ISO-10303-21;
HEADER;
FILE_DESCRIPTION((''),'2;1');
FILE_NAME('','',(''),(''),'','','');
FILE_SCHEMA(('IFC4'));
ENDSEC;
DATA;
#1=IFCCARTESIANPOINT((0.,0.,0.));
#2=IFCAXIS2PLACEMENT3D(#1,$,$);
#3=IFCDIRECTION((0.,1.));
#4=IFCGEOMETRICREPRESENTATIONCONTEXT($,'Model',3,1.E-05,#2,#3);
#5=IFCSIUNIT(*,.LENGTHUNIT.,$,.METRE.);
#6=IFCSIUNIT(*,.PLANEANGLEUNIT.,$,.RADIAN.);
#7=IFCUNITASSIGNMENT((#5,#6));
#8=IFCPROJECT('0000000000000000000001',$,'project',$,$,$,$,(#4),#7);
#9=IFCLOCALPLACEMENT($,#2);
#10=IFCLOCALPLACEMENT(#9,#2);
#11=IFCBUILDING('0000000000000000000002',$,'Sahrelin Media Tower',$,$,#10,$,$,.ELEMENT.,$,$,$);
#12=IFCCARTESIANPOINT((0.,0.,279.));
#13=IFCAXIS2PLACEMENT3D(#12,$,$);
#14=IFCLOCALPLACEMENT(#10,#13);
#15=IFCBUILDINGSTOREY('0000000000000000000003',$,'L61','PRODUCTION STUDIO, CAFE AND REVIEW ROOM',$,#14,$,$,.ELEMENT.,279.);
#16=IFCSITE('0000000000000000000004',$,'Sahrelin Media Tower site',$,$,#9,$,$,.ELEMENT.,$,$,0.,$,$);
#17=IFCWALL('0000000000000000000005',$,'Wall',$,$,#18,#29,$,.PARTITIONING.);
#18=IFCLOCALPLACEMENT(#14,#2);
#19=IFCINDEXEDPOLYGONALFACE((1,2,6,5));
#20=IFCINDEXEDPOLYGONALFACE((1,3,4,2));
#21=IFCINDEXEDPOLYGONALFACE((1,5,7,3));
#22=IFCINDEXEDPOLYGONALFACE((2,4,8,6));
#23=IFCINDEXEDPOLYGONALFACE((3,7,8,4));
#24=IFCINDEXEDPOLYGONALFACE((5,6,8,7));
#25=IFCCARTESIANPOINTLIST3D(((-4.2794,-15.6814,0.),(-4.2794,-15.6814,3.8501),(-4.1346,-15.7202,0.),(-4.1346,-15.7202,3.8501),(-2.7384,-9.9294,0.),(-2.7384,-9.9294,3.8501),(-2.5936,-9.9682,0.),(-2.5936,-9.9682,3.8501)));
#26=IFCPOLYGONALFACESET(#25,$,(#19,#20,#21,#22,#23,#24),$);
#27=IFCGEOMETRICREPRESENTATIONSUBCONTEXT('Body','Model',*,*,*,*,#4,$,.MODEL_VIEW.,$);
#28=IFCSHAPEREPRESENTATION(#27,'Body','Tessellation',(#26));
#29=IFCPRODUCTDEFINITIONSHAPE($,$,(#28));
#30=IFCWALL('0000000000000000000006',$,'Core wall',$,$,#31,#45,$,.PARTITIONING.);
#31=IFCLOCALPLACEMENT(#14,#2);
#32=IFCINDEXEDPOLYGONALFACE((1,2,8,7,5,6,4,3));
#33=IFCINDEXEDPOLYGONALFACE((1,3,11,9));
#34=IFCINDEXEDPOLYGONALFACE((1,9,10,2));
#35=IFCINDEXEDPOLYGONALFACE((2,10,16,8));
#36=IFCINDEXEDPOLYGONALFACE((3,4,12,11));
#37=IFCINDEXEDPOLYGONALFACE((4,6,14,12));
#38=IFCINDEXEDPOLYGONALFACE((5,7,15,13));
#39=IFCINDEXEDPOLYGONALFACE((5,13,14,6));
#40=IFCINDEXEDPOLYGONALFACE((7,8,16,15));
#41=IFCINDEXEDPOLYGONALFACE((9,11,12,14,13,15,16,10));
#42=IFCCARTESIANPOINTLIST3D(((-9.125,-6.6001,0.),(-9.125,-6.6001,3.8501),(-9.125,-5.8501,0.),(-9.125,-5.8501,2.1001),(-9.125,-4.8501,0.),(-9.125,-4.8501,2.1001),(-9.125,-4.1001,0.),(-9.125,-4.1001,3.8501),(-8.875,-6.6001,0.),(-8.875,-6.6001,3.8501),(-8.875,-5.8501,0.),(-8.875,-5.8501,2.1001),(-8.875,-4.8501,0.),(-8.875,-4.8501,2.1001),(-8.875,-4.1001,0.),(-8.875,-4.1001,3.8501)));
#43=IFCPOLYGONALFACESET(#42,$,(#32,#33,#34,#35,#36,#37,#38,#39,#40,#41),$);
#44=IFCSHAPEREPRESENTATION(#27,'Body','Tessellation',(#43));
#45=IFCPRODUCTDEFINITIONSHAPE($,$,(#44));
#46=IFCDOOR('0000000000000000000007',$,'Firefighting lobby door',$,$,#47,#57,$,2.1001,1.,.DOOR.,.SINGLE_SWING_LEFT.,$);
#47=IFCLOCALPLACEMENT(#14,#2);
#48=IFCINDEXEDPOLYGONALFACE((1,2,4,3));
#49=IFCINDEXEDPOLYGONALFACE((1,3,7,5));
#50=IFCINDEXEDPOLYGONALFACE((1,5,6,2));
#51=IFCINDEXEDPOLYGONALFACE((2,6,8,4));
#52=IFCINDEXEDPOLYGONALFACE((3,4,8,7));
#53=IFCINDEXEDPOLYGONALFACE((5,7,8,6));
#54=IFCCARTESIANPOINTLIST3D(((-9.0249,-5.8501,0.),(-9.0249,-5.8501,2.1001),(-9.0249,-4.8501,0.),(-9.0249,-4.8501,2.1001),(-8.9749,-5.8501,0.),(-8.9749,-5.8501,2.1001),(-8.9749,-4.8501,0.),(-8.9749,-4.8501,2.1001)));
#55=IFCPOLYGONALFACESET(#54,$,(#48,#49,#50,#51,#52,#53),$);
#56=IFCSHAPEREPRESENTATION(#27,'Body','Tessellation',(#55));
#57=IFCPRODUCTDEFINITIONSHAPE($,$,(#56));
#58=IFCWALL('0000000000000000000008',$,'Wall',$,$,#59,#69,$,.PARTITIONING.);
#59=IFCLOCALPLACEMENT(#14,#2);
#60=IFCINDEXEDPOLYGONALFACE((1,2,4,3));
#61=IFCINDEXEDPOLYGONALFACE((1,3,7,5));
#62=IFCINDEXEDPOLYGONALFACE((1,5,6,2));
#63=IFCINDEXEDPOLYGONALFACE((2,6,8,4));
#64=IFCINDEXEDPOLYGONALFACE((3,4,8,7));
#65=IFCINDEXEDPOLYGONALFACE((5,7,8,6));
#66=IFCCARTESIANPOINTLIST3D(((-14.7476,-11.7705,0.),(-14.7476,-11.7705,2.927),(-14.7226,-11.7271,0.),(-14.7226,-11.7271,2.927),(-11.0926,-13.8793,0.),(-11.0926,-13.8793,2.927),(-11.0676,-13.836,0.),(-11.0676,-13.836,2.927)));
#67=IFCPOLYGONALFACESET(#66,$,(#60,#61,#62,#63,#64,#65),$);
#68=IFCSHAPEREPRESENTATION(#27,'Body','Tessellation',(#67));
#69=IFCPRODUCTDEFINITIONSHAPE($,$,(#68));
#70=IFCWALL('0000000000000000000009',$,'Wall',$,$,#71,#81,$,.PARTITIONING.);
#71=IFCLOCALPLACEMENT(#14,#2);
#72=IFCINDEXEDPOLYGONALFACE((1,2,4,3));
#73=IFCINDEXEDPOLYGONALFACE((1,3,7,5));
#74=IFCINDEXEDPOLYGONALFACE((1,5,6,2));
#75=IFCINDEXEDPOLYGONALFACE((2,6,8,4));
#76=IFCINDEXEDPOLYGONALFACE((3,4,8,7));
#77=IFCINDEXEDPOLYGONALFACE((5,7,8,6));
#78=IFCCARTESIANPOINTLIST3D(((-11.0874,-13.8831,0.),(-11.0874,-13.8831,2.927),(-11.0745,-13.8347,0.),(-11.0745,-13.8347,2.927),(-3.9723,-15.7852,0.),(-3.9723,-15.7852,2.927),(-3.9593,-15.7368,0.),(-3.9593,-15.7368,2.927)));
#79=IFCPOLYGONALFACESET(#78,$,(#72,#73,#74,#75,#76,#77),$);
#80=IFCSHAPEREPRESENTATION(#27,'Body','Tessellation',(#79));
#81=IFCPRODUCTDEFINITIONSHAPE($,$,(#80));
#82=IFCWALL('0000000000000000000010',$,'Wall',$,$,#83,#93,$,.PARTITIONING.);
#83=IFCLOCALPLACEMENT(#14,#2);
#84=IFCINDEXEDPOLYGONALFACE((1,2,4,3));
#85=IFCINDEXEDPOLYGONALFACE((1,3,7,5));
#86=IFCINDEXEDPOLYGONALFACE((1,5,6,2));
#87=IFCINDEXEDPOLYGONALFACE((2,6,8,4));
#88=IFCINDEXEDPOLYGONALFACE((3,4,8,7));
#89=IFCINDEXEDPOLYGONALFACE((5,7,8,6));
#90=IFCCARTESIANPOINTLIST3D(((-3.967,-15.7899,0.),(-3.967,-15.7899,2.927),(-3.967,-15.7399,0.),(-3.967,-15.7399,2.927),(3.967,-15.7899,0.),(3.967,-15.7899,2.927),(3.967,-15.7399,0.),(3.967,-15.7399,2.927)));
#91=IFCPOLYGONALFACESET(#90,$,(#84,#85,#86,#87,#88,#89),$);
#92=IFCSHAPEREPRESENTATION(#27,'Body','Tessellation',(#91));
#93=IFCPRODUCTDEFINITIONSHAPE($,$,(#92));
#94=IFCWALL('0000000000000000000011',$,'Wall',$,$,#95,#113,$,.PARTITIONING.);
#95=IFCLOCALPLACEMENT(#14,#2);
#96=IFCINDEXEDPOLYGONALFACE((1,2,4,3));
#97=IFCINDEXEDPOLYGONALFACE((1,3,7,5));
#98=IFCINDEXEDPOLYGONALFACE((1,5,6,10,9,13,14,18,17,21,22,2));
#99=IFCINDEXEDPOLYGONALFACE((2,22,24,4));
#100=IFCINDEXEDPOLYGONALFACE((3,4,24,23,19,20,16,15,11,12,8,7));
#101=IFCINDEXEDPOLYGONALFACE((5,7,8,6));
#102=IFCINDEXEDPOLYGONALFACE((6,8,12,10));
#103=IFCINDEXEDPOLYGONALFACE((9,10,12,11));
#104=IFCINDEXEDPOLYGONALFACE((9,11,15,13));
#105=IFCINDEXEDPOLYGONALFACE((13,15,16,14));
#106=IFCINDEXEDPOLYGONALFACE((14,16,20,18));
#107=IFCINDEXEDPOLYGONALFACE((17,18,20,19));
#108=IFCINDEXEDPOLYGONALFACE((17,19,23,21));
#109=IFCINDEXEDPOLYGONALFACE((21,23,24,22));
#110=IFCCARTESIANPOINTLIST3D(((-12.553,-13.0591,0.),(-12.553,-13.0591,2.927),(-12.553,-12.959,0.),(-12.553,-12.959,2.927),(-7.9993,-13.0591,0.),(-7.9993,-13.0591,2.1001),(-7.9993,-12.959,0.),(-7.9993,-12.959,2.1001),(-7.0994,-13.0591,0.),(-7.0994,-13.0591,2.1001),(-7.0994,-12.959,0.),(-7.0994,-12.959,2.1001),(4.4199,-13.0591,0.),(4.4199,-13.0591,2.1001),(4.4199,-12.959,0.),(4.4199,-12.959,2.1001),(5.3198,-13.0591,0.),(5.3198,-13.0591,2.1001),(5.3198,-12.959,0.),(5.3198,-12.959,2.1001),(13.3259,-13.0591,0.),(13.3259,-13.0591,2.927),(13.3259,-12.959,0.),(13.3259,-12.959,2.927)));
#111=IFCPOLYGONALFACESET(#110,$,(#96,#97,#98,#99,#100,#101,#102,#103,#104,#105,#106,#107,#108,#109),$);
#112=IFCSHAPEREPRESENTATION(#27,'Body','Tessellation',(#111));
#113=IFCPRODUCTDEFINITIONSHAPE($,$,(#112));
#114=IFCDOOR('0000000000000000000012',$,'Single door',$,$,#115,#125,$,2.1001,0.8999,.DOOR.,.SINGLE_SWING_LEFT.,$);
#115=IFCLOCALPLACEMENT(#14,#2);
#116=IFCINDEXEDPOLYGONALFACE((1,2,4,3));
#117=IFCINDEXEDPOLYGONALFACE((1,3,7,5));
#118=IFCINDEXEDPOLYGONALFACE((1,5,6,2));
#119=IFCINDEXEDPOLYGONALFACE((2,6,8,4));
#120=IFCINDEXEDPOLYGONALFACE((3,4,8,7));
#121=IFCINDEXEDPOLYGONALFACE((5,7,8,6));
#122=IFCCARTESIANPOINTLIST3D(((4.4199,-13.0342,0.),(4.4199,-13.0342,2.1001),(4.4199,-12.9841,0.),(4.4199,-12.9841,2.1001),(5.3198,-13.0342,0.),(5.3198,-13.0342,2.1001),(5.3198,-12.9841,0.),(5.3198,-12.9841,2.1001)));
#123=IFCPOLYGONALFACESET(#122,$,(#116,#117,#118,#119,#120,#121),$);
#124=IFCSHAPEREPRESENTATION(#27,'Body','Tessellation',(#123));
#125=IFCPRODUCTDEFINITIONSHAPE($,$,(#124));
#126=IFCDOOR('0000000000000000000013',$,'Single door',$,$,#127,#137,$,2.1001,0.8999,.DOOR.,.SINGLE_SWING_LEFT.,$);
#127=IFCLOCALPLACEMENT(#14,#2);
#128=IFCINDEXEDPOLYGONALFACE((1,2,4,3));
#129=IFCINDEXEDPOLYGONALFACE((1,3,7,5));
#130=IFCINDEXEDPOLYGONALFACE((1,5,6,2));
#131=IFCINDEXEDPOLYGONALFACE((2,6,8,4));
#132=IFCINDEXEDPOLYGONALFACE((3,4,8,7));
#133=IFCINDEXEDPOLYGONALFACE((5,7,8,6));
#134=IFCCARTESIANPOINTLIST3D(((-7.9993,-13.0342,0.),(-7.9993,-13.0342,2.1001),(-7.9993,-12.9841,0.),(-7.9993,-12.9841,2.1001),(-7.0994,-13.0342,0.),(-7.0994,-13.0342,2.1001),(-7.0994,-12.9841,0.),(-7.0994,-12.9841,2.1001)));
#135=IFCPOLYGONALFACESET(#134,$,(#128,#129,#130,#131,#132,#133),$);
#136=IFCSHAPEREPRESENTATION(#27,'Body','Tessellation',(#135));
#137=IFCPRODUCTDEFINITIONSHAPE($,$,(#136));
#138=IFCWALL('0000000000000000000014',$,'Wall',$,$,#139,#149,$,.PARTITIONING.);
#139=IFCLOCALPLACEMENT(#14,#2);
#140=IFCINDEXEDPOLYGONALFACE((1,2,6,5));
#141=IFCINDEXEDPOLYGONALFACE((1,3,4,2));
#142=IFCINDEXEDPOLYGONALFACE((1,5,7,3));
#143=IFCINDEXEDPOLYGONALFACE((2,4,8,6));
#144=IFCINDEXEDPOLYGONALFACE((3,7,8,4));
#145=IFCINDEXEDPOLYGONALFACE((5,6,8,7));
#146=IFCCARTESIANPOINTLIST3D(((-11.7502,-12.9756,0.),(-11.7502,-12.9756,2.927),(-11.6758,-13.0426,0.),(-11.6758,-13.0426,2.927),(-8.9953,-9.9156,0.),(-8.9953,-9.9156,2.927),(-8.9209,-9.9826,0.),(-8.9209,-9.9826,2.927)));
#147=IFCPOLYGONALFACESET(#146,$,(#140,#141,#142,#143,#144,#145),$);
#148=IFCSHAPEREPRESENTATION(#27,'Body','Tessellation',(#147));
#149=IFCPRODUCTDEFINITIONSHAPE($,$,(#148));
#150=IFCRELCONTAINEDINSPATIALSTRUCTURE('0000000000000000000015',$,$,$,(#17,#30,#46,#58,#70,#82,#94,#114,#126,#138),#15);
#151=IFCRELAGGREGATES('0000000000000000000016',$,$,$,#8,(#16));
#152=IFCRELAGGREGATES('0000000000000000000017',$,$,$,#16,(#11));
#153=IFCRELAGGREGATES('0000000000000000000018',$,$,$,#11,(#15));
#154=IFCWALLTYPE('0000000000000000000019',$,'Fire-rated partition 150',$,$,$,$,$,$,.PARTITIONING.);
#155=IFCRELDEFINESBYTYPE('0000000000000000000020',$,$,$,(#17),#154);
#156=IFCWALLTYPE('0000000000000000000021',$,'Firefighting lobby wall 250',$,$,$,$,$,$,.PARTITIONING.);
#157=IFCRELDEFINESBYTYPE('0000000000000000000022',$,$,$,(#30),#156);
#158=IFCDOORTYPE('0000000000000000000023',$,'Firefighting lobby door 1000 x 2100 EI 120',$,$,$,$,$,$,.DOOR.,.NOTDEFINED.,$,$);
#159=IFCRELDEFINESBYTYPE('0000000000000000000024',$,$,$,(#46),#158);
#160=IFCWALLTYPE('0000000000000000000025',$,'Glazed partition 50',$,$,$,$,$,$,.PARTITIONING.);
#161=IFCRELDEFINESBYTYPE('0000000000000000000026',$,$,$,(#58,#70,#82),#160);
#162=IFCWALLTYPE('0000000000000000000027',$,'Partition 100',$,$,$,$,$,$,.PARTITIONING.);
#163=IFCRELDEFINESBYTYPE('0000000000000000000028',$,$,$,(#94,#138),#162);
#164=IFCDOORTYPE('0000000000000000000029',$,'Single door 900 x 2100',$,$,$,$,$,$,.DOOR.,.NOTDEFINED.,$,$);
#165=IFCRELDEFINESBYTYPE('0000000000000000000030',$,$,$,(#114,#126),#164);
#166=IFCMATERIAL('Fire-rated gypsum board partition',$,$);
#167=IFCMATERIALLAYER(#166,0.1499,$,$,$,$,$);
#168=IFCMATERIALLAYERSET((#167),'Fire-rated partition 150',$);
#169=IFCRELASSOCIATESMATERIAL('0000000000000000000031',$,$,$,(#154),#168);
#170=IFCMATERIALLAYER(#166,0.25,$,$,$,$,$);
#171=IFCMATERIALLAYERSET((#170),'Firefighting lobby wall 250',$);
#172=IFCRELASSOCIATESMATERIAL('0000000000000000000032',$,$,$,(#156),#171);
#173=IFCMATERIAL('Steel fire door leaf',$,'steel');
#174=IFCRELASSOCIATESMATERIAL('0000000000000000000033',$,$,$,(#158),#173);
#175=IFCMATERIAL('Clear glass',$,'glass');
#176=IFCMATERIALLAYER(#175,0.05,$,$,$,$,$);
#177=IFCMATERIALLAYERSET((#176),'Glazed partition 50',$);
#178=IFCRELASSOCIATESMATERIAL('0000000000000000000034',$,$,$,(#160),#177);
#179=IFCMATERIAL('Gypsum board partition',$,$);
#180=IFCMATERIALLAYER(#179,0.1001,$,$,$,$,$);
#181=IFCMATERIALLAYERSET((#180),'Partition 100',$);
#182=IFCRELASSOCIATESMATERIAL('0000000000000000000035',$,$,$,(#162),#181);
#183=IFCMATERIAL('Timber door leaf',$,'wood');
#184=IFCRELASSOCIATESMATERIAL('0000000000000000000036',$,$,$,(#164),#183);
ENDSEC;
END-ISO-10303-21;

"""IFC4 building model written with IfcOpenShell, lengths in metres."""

from ifc_helpers import new_model, si_unit, direction, frame, frame_2d, origin, place, context, subcontext, project, spatial, rectangle, extrude, material, layer, layer_set, type_object, element, fill, save


model = new_model("IFC4")

# Units and contexts
model_context = context("Model", 3, precision=1e-05, world=origin(), true_north=direction((0.0, 1.0)))
body_context = subcontext(model_context, "Body", "Model", "MODEL_VIEW")
ifc_project = project(units=[si_unit("LENGTHUNIT", "METRE"), si_unit("PLANEANGLEUNIT", "RADIAN")], contexts=[model_context])

# Site, building, storey
site_placement = place(None, origin())
site = spatial("IfcSite", under=ifc_project, at=site_placement, Name="Sahrelin Media Tower site", CompositionType="ELEMENT", RefElevation=0.0)
building_placement = place(site_placement, origin())
building = spatial("IfcBuilding", under=site, at=building_placement, Name="Sahrelin Media Tower", CompositionType="ELEMENT")
storey_placement = place(building_placement, frame((0.0, 0.0, 279.0)))
storey = spatial("IfcBuildingStorey", under=building, at=storey_placement, Name="L61", Description="PRODUCTION STUDIO, CAFE AND REVIEW ROOM", CompositionType="ELEMENT", Elevation=279.0)

# Shared definitions
ifc_material_1 = material(Name="Fire-rated gypsum board partition")
ifc_layer_1 = layer(ifc_material_1, 0.1499)
ifc_layer_set_1 = layer_set([ifc_layer_1], Name="Fire-rated partition 150")
wall_type_1 = type_object("IfcWallType", Name="Fire-rated partition 150", PredefinedType="PARTITIONING", material=ifc_layer_set_1)
ifc_material_2 = material(Name="Steel fire door leaf", Category="steel")

# Wall
wall_1_placement = place(storey_placement, frame((-4.207, -15.7009, 0.0), z_axis=(0.0, 0.0, 1.0), x_axis=(0.258785, 0.965935, 0.0)))
element("IfcWall", 1, at=wall_1_placement, inside=storey, type_object=wall_type_1, Name="Wall", PredefinedType="PARTITIONING", context=body_context, shape_type="SweptSolid", body=[
    extrude(rectangle(XDim=5.9548, YDim=0.1499, at=frame_2d((2.9775, 0.0))), origin(), (0.0, 0.0, 1.0), 3.8501),
])

# Wall, opening, door
ifc_layer_2 = layer(ifc_material_1, 0.25)
ifc_layer_set_2 = layer_set([ifc_layer_2], Name="Firefighting lobby wall 250")
wall_type_2 = type_object("IfcWallType", Name="Firefighting lobby wall 250", PredefinedType="PARTITIONING", material=ifc_layer_set_2)
wall_2_placement = place(storey_placement, frame((-9.0, -6.6001, 0.0), z_axis=(0.0, 0.0, 1.0), x_axis=(0.0, 1.0, 0.0)))
wall_2 = element("IfcWall", 2, at=wall_2_placement, inside=storey, type_object=wall_type_2, Name="Core wall", PredefinedType="PARTITIONING", context=body_context, shape_type="SweptSolid", body=[
    extrude(rectangle(XDim=2.5, YDim=0.25, at=frame_2d((1.25, 0.0))), origin(), (0.0, 0.0, 1.0), 3.8501),
])
opening_1_placement = place(wall_2_placement, frame((0.75, 0.0, 0.0)))
opening_1 = element("IfcOpeningElement", 3, at=opening_1_placement, cuts=wall_2, PredefinedType="OPENING", context=body_context, shape_type="SweptSolid", body=[
    extrude(rectangle(XDim=1.0, YDim=2.1001, at=frame_2d((0.5, 1.05))), frame((0.0, 0.125, 0.0), z_axis=(0.0, -1.0, 0.0), x_axis=(1.0, 0.0, 0.0)), (0.0, 0.0, 1.0), 0.25),
])
door_type_1 = type_object("IfcDoorType", Name="Firefighting lobby door 1000 x 2100 EI 120", OperationType="NOTDEFINED", PredefinedType="DOOR", material=ifc_material_2)
door_1_placement = place(opening_1_placement, origin())
door_1 = element("IfcDoor", 4, at=door_1_placement, inside=storey, type_object=door_type_1, Name="Firefighting lobby door", OperationType="SINGLE_SWING_LEFT", OverallHeight=2.1001, OverallWidth=1.0, PredefinedType="DOOR", context=body_context, shape_type="SweptSolid", body=[
    extrude(rectangle(XDim=1.0, YDim=2.1001, at=frame_2d((0.5, 1.05))), frame((0.0, 0.0249, 0.0), z_axis=(0.0, -1.0, 0.0), x_axis=(1.0, 0.0, 0.0)), (0.0, 0.0, 1.0), 0.05),
])
fill(opening_1, door_1)

# Walls
ifc_material_3 = material(Name="Clear glass", Category="glass")
ifc_layer_3 = layer(ifc_material_3, 0.05)
ifc_layer_set_3 = layer_set([ifc_layer_3], Name="Glazed partition 50")
wall_type_3 = type_object("IfcWallType", Name="Glazed partition 50", PredefinedType="PARTITIONING", material=ifc_layer_set_3)
wall_3_placement = place(storey_placement, frame((-14.7351, -11.7488, 0.0), z_axis=(0.0, 0.0, 1.0), x_axis=(0.866163, -0.499761, 0.0)))
element("IfcWall", 5, at=wall_3_placement, inside=storey, type_object=wall_type_3, Name="Wall", PredefinedType="PARTITIONING", context=body_context, shape_type="SweptSolid", body=[
    extrude(rectangle(XDim=4.2197, YDim=0.05, at=frame_2d((2.1099, 0.0))), origin(), (0.0, 0.0, 1.0), 2.927),
])
wall_4_placement = place(storey_placement, frame((-11.0811, -13.8589, 0.0), z_axis=(0.0, 0.0, 1.0), x_axis=(0.966076, -0.258259, 0.0)))
element("IfcWall", 6, at=wall_4_placement, inside=storey, type_object=wall_type_3, Name="Wall", PredefinedType="PARTITIONING", context=body_context, shape_type="SweptSolid", body=[
    extrude(rectangle(XDim=7.365, YDim=0.05, at=frame_2d((3.6826, 0.0))), origin(), (0.0, 0.0, 1.0), 2.927),
])
wall_5_placement = place(storey_placement, frame((-3.967, -15.7649, 0.0), z_axis=(0.0, 0.0, 1.0), x_axis=(1.0, 0.0, 0.0)))
element("IfcWall", 7, at=wall_5_placement, inside=storey, type_object=wall_type_3, Name="Wall", PredefinedType="PARTITIONING", context=body_context, shape_type="SweptSolid", body=[
    extrude(rectangle(XDim=7.9341, YDim=0.05, at=frame_2d((3.967, 0.0))), origin(), (0.0, 0.0, 1.0), 2.927),
])

# Wall, openings, doors
ifc_material_4 = material(Name="Gypsum board partition")
ifc_layer_4 = layer(ifc_material_4, 0.1001)
ifc_layer_set_4 = layer_set([ifc_layer_4], Name="Partition 100")
wall_type_4 = type_object("IfcWallType", Name="Partition 100", PredefinedType="PARTITIONING", material=ifc_layer_set_4)
wall_6_placement = place(storey_placement, frame((-12.553, -13.009, 0.0), z_axis=(0.0, 0.0, 1.0), x_axis=(1.0, 0.0, 0.0)))
wall_6 = element("IfcWall", 8, at=wall_6_placement, inside=storey, type_object=wall_type_4, Name="Wall", PredefinedType="PARTITIONING", context=body_context, shape_type="SweptSolid", body=[
    extrude(rectangle(XDim=25.8789, YDim=0.1001, at=frame_2d((12.9395, 0.0))), origin(), (0.0, 0.0, 1.0), 2.927),
])
opening_2_placement = place(wall_6_placement, frame((16.9729, 0.0, 0.0)))
opening_2 = element("IfcOpeningElement", 9, at=opening_2_placement, cuts=wall_6, PredefinedType="OPENING", context=body_context, shape_type="SweptSolid", body=[
    extrude(rectangle(XDim=0.8999, YDim=2.1001, at=frame_2d((0.45, 1.05))), frame((0.0, 0.05, 0.0), z_axis=(0.0, -1.0, 0.0), x_axis=(1.0, 0.0, 0.0)), (0.0, 0.0, 1.0), 0.1001),
])
opening_3_placement = place(wall_6_placement, frame((4.5537, 0.0, 0.0)))
opening_3 = element("IfcOpeningElement", 10, at=opening_3_placement, cuts=wall_6, PredefinedType="OPENING", context=body_context, shape_type="SweptSolid", body=[
    extrude(rectangle(XDim=0.8999, YDim=2.1001, at=frame_2d((0.45, 1.05))), frame((0.0, 0.05, 0.0), z_axis=(0.0, -1.0, 0.0), x_axis=(1.0, 0.0, 0.0)), (0.0, 0.0, 1.0), 0.1001),
])
ifc_material_5 = material(Name="Timber door leaf", Category="wood")
door_type_2 = type_object("IfcDoorType", Name="Single door 900 x 2100", OperationType="NOTDEFINED", PredefinedType="DOOR", material=ifc_material_5)
door_2_placement = place(opening_2_placement, origin())
door_2 = element("IfcDoor", 11, at=door_2_placement, inside=storey, type_object=door_type_2, Name="Single door", OperationType="SINGLE_SWING_LEFT", OverallHeight=2.1001, OverallWidth=0.8999, PredefinedType="DOOR", context=body_context, shape_type="SweptSolid", body=[
    extrude(rectangle(XDim=0.8999, YDim=2.1001, at=frame_2d((0.45, 1.05))), frame((0.0, 0.0249, 0.0), z_axis=(0.0, -1.0, 0.0), x_axis=(1.0, 0.0, 0.0)), (0.0, 0.0, 1.0), 0.05),
])
fill(opening_2, door_2)
door_3_placement = place(opening_3_placement, origin())
door_3 = element("IfcDoor", 12, at=door_3_placement, inside=storey, type_object=door_type_2, Name="Single door", OperationType="SINGLE_SWING_LEFT", OverallHeight=2.1001, OverallWidth=0.8999, PredefinedType="DOOR", context=body_context, shape_type="SweptSolid", body=[
    extrude(rectangle(XDim=0.8999, YDim=2.1001, at=frame_2d((0.45, 1.05))), frame((0.0, 0.0249, 0.0), z_axis=(0.0, -1.0, 0.0), x_axis=(1.0, 0.0, 0.0)), (0.0, 0.0, 1.0), 0.05),
])
fill(opening_3, door_3)

# Wall
wall_7_placement = place(storey_placement, frame((-11.7129, -13.009, 0.0), z_axis=(0.0, 0.0, 1.0), x_axis=(0.669076, 0.743194, 0.0)))
element("IfcWall", 13, at=wall_7_placement, inside=storey, type_object=wall_type_4, Name="Wall", PredefinedType="PARTITIONING", context=body_context, shape_type="SweptSolid", body=[
    extrude(rectangle(XDim=4.1174, YDim=0.1001, at=frame_2d((2.0586, 0.0))), origin(), (0.0, 0.0, 1.0), 2.927),
])

save(model, "model.ifc")
